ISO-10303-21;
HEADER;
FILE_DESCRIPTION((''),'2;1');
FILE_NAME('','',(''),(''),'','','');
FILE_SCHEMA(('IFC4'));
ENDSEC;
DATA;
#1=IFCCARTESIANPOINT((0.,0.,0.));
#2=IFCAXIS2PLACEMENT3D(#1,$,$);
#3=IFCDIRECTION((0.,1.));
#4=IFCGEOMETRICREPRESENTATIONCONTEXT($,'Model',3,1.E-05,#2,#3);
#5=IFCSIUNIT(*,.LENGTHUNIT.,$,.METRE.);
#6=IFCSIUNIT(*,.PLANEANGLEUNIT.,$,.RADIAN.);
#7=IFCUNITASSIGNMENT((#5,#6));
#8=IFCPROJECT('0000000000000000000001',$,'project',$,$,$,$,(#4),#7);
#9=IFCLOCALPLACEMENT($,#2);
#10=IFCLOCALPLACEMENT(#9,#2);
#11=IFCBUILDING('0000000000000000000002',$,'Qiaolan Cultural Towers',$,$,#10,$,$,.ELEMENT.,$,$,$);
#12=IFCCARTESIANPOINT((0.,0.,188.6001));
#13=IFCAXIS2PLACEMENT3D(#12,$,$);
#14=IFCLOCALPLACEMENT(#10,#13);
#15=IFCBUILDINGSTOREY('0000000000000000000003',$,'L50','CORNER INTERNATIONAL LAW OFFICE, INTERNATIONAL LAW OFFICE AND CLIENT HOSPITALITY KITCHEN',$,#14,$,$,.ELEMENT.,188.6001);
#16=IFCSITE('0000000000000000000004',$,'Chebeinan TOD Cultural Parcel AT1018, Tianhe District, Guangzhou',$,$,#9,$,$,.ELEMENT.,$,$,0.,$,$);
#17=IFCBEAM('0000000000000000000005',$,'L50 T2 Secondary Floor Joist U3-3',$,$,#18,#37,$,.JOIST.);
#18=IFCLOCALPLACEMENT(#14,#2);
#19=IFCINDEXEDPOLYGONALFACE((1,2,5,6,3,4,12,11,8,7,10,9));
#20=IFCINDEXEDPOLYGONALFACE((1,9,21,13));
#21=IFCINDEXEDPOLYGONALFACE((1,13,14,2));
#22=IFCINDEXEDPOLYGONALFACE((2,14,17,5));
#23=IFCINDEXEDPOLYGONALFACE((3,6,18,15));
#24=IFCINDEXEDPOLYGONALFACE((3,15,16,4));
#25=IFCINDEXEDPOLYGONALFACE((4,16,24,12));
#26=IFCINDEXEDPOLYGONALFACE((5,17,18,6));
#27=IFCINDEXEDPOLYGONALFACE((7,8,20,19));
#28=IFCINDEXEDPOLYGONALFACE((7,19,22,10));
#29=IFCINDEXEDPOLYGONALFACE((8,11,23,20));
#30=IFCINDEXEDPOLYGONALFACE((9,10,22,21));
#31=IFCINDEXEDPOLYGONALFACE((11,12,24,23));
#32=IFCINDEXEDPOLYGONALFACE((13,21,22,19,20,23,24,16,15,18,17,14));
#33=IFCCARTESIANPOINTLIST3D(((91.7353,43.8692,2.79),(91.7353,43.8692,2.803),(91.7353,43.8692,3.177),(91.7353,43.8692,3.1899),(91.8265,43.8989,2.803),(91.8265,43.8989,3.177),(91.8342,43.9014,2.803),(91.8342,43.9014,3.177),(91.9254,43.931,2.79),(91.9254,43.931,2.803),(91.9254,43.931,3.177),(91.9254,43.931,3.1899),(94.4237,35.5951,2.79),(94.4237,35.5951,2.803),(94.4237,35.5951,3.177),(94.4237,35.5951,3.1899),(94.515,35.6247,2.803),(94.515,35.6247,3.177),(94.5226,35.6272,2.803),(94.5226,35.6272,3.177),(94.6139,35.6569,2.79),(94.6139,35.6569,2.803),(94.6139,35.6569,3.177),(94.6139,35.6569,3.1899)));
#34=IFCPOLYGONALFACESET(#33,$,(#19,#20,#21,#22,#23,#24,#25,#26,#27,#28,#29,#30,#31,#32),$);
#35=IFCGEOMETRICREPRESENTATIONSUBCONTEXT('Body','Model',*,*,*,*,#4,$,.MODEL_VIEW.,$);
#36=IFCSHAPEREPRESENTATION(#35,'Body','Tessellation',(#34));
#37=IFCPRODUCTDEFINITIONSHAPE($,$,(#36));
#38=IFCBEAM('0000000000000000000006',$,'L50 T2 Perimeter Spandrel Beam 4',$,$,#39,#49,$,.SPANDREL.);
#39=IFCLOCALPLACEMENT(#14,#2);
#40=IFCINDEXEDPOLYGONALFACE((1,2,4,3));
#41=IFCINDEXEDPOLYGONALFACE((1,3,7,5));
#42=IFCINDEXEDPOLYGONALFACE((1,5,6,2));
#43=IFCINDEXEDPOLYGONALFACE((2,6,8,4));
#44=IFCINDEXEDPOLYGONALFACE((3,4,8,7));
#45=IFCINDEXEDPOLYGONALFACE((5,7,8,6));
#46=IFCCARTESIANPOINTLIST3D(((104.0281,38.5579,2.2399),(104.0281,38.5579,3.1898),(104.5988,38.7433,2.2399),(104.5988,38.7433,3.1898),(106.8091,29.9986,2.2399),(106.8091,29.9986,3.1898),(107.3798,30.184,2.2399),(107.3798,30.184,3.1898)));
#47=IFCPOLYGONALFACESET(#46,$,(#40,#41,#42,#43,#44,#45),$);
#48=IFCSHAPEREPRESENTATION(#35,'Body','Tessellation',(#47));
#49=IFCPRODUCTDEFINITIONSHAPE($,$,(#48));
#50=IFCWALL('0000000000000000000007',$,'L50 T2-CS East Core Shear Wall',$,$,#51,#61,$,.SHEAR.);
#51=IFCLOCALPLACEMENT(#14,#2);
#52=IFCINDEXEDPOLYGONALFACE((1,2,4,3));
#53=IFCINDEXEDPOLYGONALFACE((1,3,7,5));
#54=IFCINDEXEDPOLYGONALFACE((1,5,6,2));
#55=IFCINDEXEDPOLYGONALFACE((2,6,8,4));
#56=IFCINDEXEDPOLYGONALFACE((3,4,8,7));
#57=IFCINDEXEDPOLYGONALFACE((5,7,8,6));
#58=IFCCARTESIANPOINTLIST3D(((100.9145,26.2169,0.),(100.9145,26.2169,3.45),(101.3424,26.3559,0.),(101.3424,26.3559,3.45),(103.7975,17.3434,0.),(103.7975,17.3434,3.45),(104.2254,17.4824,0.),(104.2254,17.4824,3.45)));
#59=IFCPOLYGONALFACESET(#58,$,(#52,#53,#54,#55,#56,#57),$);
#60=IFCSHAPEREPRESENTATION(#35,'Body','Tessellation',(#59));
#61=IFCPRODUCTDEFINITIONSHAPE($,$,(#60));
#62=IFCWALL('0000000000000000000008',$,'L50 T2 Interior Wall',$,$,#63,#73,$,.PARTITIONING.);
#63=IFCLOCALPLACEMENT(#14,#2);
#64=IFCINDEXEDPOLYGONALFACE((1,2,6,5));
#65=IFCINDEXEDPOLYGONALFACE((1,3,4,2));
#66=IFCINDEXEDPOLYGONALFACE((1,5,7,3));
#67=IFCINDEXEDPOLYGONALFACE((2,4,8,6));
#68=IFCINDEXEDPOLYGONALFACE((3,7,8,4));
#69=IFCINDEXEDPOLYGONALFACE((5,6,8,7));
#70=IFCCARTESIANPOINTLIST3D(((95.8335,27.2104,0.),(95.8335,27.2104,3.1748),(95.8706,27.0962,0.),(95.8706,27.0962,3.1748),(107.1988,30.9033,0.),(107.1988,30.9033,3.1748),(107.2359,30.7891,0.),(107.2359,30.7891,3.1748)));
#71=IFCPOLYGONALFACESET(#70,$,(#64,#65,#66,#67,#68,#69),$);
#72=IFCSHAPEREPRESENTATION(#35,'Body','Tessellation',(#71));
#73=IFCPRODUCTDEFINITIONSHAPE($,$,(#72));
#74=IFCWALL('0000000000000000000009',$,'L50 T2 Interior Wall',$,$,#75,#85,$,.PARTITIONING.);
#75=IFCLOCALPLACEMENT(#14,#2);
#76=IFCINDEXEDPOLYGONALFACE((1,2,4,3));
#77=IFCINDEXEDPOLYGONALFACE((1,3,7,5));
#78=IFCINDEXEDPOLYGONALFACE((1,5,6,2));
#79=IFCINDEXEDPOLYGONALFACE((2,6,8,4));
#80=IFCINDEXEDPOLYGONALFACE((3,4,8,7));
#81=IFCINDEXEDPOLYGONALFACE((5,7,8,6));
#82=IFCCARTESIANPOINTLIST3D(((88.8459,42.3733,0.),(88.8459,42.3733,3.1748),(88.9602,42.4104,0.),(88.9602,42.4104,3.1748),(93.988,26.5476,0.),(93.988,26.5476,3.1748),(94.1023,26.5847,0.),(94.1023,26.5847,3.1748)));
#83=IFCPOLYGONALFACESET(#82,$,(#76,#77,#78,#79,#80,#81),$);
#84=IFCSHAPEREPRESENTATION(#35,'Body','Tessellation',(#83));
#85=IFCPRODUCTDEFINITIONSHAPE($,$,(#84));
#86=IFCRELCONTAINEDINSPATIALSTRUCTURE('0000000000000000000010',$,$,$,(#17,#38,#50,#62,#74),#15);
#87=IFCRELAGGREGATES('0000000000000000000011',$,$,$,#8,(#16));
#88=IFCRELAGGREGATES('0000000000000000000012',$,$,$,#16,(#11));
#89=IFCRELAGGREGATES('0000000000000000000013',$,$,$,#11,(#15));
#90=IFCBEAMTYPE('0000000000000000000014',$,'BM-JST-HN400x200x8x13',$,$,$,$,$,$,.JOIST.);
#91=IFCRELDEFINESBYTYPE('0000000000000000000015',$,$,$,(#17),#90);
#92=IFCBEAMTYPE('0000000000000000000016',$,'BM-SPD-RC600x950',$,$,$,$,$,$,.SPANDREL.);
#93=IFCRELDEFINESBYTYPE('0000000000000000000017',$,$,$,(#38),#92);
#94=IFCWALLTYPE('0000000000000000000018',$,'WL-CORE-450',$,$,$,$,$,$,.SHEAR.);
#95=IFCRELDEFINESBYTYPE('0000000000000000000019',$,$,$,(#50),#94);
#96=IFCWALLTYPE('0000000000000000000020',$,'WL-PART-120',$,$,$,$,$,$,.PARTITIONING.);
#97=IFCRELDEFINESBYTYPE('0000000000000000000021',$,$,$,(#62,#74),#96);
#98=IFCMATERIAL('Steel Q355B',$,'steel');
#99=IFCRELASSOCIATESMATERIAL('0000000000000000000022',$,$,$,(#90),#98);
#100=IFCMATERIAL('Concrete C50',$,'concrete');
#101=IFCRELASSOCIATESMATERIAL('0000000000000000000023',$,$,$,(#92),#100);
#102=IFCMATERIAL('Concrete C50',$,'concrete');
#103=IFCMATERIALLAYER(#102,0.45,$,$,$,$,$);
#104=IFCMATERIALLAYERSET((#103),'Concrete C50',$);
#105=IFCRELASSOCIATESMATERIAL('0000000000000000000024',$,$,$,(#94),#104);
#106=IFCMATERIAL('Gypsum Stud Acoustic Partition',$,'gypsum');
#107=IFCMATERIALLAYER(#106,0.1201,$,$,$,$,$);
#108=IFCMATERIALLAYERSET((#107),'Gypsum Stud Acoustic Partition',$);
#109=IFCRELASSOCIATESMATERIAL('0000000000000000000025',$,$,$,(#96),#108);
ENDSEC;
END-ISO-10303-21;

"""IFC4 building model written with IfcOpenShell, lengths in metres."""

from ifc_helpers import new_model, si_unit, direction, frame, frame_2d, origin, origin_2d, place, context, subcontext, project, spatial, rectangle, i_section, extrude, material, layer, layer_set, material_profile, profile_set, type_object, element, save


model = new_model("IFC4")

# Units and contexts
model_context = context("Model", 3, precision=1e-05, world=origin(), true_north=direction((0.0, 1.0)))
body_context = subcontext(model_context, "Body", "Model", "MODEL_VIEW")
ifc_project = project(units=[si_unit("LENGTHUNIT", "METRE"), si_unit("PLANEANGLEUNIT", "RADIAN")], contexts=[model_context])

# Site, building, storey
site_placement = place(None, origin())
site = spatial("IfcSite", under=ifc_project, at=site_placement, Name="Chebeinan TOD Cultural Parcel AT1018, Tianhe District, Guangzhou", CompositionType="ELEMENT", RefElevation=0.0)
building_placement = place(site_placement, origin())
building = spatial("IfcBuilding", under=site, at=building_placement, Name="Qiaolan Cultural Towers", CompositionType="ELEMENT")
storey_placement = place(building_placement, frame((0.0, 0.0, 188.6001)))
storey = spatial("IfcBuildingStorey", under=building, at=storey_placement, Name="L50", Description="CORNER INTERNATIONAL LAW OFFICE, INTERNATIONAL LAW OFFICE AND CLIENT HOSPITALITY KITCHEN", CompositionType="ELEMENT", Elevation=188.6001)

# Beams
ifc_material_1 = material(Name="Steel Q355B", Category="steel")
ifc_material_profile_1 = material_profile(ifc_material_1, i_section(OverallWidth=0.2, OverallDepth=0.3999, WebThickness=0.0081, FlangeThickness=0.0129, at=origin_2d()), Name="HN400x200x8x13")
ifc_profile_set_1 = profile_set([ifc_material_profile_1], Name="Steel Q355B")
beam_type_1 = type_object("IfcBeamType", Name="BM-JST-HN400x200x8x13", PredefinedType="JOIST", material=ifc_profile_set_1)
for number, where, z_axis, x_axis, name in (
    (1, (94.5188, 35.626, 2.99), (-0.309021, 0.951055, 0.0), (-0.951055, -0.309021, 0.0), "L50 T2 Secondary Floor Joist U3-3"),
):
    element("IfcBeam", number, at=place(storey_placement, frame(where, z_axis=z_axis, x_axis=x_axis)), inside=storey, type_object=beam_type_1, Name=name, PredefinedType="JOIST", context=body_context, shape_type="SweptSolid", body=[
        extrude(i_section(OverallWidth=0.2, OverallDepth=0.3999, WebThickness=0.0081, FlangeThickness=0.0129, at=origin_2d()), origin(), (0.0, 0.0, 1.0), 8.7),
    ])
ifc_material_2 = material(Name="Concrete C50", Category="concrete")
ifc_material_profile_2 = material_profile(ifc_material_2, rectangle(XDim=0.6001, YDim=0.95, at=origin_2d()), Name="RC600x950")
ifc_profile_set_2 = profile_set([ifc_material_profile_2], Name="Concrete C50")
beam_type_2 = type_object("IfcBeamType", Name="BM-SPD-RC600x950", PredefinedType="SPANDREL", material=ifc_profile_set_2)
beam_1_placement = place(storey_placement, frame((107.0945, 30.0913, 2.7148), z_axis=(-0.309008, 0.951059, 0.0), x_axis=(-0.951059, -0.309008, 0.0)))
element("IfcBeam", 2, at=beam_1_placement, inside=storey, type_object=beam_type_2, Name="L50 T2 Perimeter Spandrel Beam 4", PredefinedType="SPANDREL", context=body_context, shape_type="SweptSolid", body=[
    extrude(rectangle(XDim=0.6001, YDim=0.95, at=origin_2d()), origin(), (0.0, 0.0, 1.0), 8.9998),
])

# Walls
ifc_material_3 = material(Name="Concrete C50", Category="concrete")
ifc_layer_1 = layer(ifc_material_3, 0.45)
ifc_layer_set_1 = layer_set([ifc_layer_1], Name="Concrete C50")
wall_type_1 = type_object("IfcWallType", Name="WL-CORE-450", PredefinedType="SHEAR", material=ifc_layer_set_1)
wall_1_placement = place(storey_placement, frame((101.1284, 26.2864, 0.0), z_axis=(0.0, 0.0, 1.0), x_axis=(0.309004, -0.951061, 0.0)))
element("IfcWall", 3, at=wall_1_placement, inside=storey, type_object=wall_type_1, Name="L50 T2-CS East Core Shear Wall", PredefinedType="SHEAR", context=body_context, shape_type="SweptSolid", body=[
    extrude(rectangle(XDim=9.3301, YDim=0.45, at=frame_2d((4.665, 0.0))), origin(), (0.0, 0.0, 1.0), 3.45),
])
ifc_material_4 = material(Name="Gypsum Stud Acoustic Partition", Category="gypsum")
ifc_layer_2 = layer(ifc_material_4, 0.1201)
ifc_layer_set_2 = layer_set([ifc_layer_2], Name="Gypsum Stud Acoustic Partition")
wall_type_2 = type_object("IfcWallType", Name="WL-PART-120", PredefinedType="PARTITIONING", material=ifc_layer_set_2)
wall_2_placement = place(storey_placement, frame((95.8521, 27.1533, 0.0), z_axis=(0.0, 0.0, 1.0), x_axis=(0.951054, 0.309023, 0.0)))
element("IfcWall", 4, at=wall_2_placement, inside=storey, type_object=wall_type_2, Name="L50 T2 Interior Wall", PredefinedType="PARTITIONING", context=body_context, shape_type="SweptSolid", body=[
    extrude(rectangle(XDim=11.9502, YDim=0.1201, at=frame_2d((5.9751, 0.0))), origin(), (0.0, 0.0, 1.0), 3.1748),
])
wall_3_placement = place(storey_placement, frame((94.0452, 26.5662, 0.0), z_axis=(0.0, 0.0, 1.0), x_axis=(-0.309018, 0.951056, 0.0)))
element("IfcWall", 5, at=wall_3_placement, inside=storey, type_object=wall_type_2, Name="L50 T2 Interior Wall", PredefinedType="PARTITIONING", context=body_context, shape_type="SweptSolid", body=[
    extrude(rectangle(XDim=16.6401, YDim=0.1201, at=frame_2d((8.3201, 0.0))), origin(), (0.0, 0.0, 1.0), 3.1748),
])

save(model, "model.ifc")
